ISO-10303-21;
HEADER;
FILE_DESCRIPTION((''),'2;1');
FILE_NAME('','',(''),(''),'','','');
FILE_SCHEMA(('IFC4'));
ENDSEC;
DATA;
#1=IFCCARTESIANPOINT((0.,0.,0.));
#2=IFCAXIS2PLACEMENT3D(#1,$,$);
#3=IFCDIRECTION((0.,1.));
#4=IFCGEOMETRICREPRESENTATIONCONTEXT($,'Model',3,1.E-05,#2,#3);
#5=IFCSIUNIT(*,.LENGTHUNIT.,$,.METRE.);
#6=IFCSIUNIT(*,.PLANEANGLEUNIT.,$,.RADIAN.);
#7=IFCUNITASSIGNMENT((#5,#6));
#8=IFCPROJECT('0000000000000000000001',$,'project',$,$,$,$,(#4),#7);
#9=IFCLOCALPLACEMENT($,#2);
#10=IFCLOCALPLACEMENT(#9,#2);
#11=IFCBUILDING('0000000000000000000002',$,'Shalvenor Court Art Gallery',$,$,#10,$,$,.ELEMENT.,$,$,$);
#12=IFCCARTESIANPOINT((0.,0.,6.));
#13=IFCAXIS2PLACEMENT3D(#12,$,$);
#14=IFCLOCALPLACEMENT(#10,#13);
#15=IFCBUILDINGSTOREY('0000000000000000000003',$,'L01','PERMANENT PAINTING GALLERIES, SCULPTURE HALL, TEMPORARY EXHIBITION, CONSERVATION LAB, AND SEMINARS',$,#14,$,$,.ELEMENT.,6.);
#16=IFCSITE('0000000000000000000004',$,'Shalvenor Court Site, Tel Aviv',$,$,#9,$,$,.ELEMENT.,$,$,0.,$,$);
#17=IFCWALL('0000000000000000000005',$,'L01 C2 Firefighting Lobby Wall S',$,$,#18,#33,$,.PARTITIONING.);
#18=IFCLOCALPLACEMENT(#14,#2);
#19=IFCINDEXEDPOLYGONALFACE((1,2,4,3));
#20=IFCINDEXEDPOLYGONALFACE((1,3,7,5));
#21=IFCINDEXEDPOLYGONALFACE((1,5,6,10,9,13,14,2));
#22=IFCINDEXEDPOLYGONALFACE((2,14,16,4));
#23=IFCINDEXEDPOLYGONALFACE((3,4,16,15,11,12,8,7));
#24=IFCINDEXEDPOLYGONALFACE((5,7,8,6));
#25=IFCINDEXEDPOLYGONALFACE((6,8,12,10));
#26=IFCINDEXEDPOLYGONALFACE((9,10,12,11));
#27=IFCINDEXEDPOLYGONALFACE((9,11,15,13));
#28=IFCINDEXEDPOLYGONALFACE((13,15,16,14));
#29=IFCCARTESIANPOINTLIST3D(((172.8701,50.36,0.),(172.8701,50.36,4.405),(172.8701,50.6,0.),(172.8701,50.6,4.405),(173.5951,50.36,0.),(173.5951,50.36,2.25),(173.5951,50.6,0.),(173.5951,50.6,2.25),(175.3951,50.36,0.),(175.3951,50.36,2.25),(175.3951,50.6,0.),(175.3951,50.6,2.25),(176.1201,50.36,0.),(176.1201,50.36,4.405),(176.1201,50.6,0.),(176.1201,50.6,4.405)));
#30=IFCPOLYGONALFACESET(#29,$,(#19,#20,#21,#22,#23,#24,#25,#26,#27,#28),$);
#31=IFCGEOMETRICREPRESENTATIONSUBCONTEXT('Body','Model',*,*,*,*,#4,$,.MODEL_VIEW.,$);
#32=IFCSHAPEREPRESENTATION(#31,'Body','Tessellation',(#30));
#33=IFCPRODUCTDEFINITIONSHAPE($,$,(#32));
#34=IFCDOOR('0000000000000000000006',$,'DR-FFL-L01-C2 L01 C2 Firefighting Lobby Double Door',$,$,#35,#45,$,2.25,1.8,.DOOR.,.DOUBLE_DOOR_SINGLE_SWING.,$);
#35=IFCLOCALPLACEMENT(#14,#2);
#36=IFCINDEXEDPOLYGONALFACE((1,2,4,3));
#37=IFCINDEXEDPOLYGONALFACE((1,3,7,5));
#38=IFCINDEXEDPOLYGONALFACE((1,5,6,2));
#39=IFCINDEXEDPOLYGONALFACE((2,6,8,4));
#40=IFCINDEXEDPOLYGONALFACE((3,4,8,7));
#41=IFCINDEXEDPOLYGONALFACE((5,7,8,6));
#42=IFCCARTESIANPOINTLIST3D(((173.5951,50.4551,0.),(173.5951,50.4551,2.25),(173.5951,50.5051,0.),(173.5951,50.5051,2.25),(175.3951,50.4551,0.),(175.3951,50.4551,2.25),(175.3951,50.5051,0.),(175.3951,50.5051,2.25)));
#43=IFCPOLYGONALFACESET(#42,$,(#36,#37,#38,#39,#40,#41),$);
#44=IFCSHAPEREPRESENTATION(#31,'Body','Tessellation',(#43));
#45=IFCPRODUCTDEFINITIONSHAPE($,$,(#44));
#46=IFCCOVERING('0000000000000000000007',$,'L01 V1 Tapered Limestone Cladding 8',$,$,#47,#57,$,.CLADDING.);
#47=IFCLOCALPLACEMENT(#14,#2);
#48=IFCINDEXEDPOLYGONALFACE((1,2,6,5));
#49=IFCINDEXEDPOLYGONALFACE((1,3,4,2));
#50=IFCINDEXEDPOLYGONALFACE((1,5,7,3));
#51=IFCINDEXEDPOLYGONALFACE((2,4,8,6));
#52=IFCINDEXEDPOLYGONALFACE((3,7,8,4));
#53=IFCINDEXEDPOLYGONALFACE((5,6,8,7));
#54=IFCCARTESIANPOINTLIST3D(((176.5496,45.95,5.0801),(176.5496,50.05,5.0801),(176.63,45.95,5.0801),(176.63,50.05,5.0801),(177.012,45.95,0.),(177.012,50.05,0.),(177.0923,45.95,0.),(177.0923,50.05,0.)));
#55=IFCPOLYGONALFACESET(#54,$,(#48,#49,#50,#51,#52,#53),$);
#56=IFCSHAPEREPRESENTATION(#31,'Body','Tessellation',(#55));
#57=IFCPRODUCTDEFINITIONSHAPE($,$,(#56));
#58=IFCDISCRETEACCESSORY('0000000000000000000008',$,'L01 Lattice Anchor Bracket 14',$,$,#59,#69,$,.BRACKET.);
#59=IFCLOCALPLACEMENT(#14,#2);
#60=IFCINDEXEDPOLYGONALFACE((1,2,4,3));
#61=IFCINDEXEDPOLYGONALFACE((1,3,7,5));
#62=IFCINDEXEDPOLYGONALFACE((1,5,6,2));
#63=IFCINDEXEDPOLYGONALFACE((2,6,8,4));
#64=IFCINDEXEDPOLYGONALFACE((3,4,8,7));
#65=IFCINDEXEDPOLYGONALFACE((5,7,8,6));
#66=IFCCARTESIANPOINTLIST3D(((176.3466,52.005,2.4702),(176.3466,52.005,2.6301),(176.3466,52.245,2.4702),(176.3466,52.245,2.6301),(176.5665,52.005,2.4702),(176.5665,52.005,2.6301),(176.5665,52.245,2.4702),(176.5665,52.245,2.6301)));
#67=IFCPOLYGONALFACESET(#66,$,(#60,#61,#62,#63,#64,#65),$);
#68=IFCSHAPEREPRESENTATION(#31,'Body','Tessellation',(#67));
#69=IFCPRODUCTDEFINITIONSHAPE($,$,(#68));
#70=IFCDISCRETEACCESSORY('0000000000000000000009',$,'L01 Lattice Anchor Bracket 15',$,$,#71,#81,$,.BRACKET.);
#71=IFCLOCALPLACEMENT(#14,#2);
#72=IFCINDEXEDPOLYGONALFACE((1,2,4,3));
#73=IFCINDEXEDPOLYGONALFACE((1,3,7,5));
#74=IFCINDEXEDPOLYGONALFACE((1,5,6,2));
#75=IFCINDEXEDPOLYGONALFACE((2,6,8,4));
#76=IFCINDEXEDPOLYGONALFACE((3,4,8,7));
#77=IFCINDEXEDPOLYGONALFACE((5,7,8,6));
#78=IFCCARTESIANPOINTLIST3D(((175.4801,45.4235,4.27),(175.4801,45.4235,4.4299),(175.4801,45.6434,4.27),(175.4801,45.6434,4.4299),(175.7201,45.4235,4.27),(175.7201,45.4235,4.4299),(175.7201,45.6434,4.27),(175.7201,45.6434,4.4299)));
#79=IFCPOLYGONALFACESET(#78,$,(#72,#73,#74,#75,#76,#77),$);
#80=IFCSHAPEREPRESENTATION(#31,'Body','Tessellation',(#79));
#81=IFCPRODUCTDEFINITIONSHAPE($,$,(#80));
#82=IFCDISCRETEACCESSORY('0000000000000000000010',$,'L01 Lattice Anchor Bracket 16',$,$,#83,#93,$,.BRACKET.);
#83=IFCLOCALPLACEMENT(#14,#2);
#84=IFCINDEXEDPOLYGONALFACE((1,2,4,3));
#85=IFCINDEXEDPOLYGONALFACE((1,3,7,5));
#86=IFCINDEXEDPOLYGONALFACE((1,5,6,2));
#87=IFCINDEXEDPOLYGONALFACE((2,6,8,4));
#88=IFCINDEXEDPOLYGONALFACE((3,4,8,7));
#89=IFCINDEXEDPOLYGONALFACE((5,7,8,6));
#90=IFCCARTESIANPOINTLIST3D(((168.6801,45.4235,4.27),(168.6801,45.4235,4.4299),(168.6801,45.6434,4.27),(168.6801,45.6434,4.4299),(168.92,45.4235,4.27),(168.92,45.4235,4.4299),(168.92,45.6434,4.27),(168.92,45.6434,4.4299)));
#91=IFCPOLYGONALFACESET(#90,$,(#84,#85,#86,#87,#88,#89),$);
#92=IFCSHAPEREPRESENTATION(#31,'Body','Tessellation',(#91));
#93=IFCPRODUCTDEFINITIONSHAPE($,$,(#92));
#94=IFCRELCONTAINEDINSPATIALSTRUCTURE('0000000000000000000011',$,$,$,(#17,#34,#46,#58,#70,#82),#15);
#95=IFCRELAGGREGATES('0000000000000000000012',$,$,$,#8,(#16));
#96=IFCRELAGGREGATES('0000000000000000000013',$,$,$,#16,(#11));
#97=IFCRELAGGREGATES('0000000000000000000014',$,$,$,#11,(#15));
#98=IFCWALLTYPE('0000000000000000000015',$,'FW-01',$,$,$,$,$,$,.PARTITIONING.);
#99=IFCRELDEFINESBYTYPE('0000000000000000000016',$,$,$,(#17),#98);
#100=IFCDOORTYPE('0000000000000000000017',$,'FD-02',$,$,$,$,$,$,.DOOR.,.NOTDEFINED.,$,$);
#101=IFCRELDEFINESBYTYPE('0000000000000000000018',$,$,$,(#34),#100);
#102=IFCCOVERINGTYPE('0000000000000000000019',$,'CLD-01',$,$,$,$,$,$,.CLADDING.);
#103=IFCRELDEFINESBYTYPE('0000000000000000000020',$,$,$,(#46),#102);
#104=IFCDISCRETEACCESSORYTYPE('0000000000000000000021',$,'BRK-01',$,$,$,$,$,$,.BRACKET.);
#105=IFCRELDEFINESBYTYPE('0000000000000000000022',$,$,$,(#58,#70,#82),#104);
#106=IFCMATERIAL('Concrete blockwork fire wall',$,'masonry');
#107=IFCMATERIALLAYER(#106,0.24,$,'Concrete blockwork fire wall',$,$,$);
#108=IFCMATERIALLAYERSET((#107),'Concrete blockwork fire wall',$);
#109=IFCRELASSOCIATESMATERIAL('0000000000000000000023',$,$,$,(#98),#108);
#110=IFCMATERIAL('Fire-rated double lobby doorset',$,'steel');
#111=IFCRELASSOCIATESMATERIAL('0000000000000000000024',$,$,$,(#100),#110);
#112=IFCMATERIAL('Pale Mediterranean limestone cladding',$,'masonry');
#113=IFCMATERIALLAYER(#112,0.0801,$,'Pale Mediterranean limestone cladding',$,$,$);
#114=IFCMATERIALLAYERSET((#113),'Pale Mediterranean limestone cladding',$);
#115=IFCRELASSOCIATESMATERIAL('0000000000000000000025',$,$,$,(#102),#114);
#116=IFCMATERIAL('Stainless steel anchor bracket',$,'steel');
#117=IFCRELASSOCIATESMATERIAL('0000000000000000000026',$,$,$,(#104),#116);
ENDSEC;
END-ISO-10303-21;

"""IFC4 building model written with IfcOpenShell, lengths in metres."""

from ifc_helpers import new_model, si_unit, direction, frame, frame_2d, origin, origin_2d, place, context, subcontext, project, spatial, polyline, rectangle, outline, extrude, material, layer, layer_set, type_object, element, fill, save


model = new_model("IFC4")

# Units and contexts
model_context = context("Model", 3, precision=1e-05, world=origin(), true_north=direction((0.0, 1.0)))
body_context = subcontext(model_context, "Body", "Model", "MODEL_VIEW")
ifc_project = project(units=[si_unit("LENGTHUNIT", "METRE"), si_unit("PLANEANGLEUNIT", "RADIAN")], contexts=[model_context])

# Site, building, storey
site_placement = place(None, origin())
site = spatial("IfcSite", under=ifc_project, at=site_placement, Name="Shalvenor Court Site, Tel Aviv", CompositionType="ELEMENT", RefElevation=0.0)
building_placement = place(site_placement, origin())
building = spatial("IfcBuilding", under=site, at=building_placement, Name="Shalvenor Court Art Gallery", CompositionType="ELEMENT")
storey_placement = place(building_placement, frame((0.0, 0.0, 6.0)))
storey = spatial("IfcBuildingStorey", under=building, at=storey_placement, Name="L01", Description="PERMANENT PAINTING GALLERIES, SCULPTURE HALL, TEMPORARY EXHIBITION, CONSERVATION LAB, AND SEMINARS", CompositionType="ELEMENT", Elevation=6.0)

# Wall, opening, door
ifc_material_1 = material(Name="Concrete blockwork fire wall", Category="masonry")
ifc_layer_1 = layer(ifc_material_1, 0.24, Name="Concrete blockwork fire wall")
ifc_layer_set_1 = layer_set([ifc_layer_1], Name="Concrete blockwork fire wall")
wall_type_1 = type_object("IfcWallType", Name="FW-01", PredefinedType="PARTITIONING", material=ifc_layer_set_1)
wall_1_placement = place(storey_placement, frame((176.1201, 50.48, 0.0), z_axis=(0.0, 0.0, 1.0), x_axis=(-1.0, 0.0, 0.0)))
wall_1 = element("IfcWall", 1, at=wall_1_placement, inside=storey, type_object=wall_type_1, Name="L01 C2 Firefighting Lobby Wall S", PredefinedType="PARTITIONING", context=body_context, shape_type="SweptSolid", body=[
    extrude(rectangle(XDim=3.25, YDim=0.24, at=frame_2d((1.625, 0.0))), origin(), (0.0, 0.0, 1.0), 4.405),
])
opening_1_placement = place(wall_1_placement, frame((0.7251, 0.0, 0.0)))
opening_1 = element("IfcOpeningElement", 2, at=opening_1_placement, cuts=wall_1, PredefinedType="OPENING", context=body_context, shape_type="SweptSolid", body=[
    extrude(rectangle(XDim=1.8, YDim=2.25, at=frame_2d((0.8999, 1.125))), frame((0.0, 0.1299, 0.0), z_axis=(0.0, -1.0, 0.0), x_axis=(1.0, 0.0, 0.0)), (0.0, 0.0, 1.0), 0.26),
])
ifc_material_2 = material(Name="Fire-rated double lobby doorset", Category="steel")
door_type_1 = type_object("IfcDoorType", Name="FD-02", OperationType="NOTDEFINED", PredefinedType="DOOR", material=ifc_material_2)
door_1_placement = place(opening_1_placement, origin())
door_1 = element("IfcDoor", 3, at=door_1_placement, inside=storey, type_object=door_type_1, Name="DR-FFL-L01-C2 L01 C2 Firefighting Lobby Double Door", OperationType="DOUBLE_DOOR_SINGLE_SWING", OverallHeight=2.25, OverallWidth=1.8, PredefinedType="DOOR", context=body_context, shape_type="SweptSolid", body=[
    extrude(rectangle(XDim=1.8, YDim=2.25, at=frame_2d((0.8999, 1.125))), frame((0.0, 0.0249, 0.0), z_axis=(0.0, -1.0, 0.0), x_axis=(1.0, 0.0, 0.0)), (0.0, 0.0, 1.0), 0.05),
])
fill(opening_1, door_1)

# Covering
ifc_material_3 = material(Name="Pale Mediterranean limestone cladding", Category="masonry")
ifc_layer_2 = layer(ifc_material_3, 0.0801, Name="Pale Mediterranean limestone cladding")
ifc_layer_set_2 = layer_set([ifc_layer_2], Name="Pale Mediterranean limestone cladding")
covering_type = type_object("IfcCoveringType", Name="CLD-01", PredefinedType="CLADDING", material=ifc_layer_set_2)
covering_placement = place(storey_placement, frame((177.0923, 45.95, 0.0), z_axis=(0.0, 0.0, 1.0), x_axis=(0.0, 1.0, 0.0)))
element("IfcCovering", 4, at=covering_placement, inside=storey, type_object=covering_type, Name="L01 V1 Tapered Limestone Cladding 8", PredefinedType="CLADDING", context=body_context, shape_type="SweptSolid", body=[
    extrude(outline(polyline([(0.0, 0.0), (4.1001, 0.0), (4.1001, 5.1011), (0.0, 5.1011), (0.0, 0.0)])), frame((0.0, 0.0, 0.0), z_axis=(0.0, -0.995884, 0.090633), x_axis=(1.0, 0.0, 0.0)), (0.0, 0.090633, -0.995884), 0.0803),
])

# Discrete accessories
ifc_material_4 = material(Name="Stainless steel anchor bracket", Category="steel")
discrete_accessory_type = type_object("IfcDiscreteAccessoryType", Name="BRK-01", PredefinedType="BRACKET", material=ifc_material_4)
for number, where, z_axis, x_axis, name in (
    (5, (176.4565, 52.125, 2.4702), (0.0, 0.0, 1.0), (0.0, -1.0, 0.0), "L01 Lattice Anchor Bracket 14"),
    (6, (175.6001, 45.5334, 4.27), (0.0, 0.0, 1.0), (-1.0, 0.0, 0.0), "L01 Lattice Anchor Bracket 15"),
    (7, (168.8, 45.5334, 4.27), (0.0, 0.0, 1.0), (-1.0, 0.0, 0.0), "L01 Lattice Anchor Bracket 16"),
):
    element("IfcDiscreteAccessory", number, at=place(storey_placement, frame(where, z_axis=z_axis, x_axis=x_axis)), inside=storey, type_object=discrete_accessory_type, Name=name, PredefinedType="BRACKET", context=body_context, shape_type="SweptSolid", body=[
        extrude(rectangle(XDim=0.24, YDim=0.22, at=origin_2d()), origin(), (0.0, 0.0, 1.0), 0.1599),
    ])

save(model, "model.ifc")
